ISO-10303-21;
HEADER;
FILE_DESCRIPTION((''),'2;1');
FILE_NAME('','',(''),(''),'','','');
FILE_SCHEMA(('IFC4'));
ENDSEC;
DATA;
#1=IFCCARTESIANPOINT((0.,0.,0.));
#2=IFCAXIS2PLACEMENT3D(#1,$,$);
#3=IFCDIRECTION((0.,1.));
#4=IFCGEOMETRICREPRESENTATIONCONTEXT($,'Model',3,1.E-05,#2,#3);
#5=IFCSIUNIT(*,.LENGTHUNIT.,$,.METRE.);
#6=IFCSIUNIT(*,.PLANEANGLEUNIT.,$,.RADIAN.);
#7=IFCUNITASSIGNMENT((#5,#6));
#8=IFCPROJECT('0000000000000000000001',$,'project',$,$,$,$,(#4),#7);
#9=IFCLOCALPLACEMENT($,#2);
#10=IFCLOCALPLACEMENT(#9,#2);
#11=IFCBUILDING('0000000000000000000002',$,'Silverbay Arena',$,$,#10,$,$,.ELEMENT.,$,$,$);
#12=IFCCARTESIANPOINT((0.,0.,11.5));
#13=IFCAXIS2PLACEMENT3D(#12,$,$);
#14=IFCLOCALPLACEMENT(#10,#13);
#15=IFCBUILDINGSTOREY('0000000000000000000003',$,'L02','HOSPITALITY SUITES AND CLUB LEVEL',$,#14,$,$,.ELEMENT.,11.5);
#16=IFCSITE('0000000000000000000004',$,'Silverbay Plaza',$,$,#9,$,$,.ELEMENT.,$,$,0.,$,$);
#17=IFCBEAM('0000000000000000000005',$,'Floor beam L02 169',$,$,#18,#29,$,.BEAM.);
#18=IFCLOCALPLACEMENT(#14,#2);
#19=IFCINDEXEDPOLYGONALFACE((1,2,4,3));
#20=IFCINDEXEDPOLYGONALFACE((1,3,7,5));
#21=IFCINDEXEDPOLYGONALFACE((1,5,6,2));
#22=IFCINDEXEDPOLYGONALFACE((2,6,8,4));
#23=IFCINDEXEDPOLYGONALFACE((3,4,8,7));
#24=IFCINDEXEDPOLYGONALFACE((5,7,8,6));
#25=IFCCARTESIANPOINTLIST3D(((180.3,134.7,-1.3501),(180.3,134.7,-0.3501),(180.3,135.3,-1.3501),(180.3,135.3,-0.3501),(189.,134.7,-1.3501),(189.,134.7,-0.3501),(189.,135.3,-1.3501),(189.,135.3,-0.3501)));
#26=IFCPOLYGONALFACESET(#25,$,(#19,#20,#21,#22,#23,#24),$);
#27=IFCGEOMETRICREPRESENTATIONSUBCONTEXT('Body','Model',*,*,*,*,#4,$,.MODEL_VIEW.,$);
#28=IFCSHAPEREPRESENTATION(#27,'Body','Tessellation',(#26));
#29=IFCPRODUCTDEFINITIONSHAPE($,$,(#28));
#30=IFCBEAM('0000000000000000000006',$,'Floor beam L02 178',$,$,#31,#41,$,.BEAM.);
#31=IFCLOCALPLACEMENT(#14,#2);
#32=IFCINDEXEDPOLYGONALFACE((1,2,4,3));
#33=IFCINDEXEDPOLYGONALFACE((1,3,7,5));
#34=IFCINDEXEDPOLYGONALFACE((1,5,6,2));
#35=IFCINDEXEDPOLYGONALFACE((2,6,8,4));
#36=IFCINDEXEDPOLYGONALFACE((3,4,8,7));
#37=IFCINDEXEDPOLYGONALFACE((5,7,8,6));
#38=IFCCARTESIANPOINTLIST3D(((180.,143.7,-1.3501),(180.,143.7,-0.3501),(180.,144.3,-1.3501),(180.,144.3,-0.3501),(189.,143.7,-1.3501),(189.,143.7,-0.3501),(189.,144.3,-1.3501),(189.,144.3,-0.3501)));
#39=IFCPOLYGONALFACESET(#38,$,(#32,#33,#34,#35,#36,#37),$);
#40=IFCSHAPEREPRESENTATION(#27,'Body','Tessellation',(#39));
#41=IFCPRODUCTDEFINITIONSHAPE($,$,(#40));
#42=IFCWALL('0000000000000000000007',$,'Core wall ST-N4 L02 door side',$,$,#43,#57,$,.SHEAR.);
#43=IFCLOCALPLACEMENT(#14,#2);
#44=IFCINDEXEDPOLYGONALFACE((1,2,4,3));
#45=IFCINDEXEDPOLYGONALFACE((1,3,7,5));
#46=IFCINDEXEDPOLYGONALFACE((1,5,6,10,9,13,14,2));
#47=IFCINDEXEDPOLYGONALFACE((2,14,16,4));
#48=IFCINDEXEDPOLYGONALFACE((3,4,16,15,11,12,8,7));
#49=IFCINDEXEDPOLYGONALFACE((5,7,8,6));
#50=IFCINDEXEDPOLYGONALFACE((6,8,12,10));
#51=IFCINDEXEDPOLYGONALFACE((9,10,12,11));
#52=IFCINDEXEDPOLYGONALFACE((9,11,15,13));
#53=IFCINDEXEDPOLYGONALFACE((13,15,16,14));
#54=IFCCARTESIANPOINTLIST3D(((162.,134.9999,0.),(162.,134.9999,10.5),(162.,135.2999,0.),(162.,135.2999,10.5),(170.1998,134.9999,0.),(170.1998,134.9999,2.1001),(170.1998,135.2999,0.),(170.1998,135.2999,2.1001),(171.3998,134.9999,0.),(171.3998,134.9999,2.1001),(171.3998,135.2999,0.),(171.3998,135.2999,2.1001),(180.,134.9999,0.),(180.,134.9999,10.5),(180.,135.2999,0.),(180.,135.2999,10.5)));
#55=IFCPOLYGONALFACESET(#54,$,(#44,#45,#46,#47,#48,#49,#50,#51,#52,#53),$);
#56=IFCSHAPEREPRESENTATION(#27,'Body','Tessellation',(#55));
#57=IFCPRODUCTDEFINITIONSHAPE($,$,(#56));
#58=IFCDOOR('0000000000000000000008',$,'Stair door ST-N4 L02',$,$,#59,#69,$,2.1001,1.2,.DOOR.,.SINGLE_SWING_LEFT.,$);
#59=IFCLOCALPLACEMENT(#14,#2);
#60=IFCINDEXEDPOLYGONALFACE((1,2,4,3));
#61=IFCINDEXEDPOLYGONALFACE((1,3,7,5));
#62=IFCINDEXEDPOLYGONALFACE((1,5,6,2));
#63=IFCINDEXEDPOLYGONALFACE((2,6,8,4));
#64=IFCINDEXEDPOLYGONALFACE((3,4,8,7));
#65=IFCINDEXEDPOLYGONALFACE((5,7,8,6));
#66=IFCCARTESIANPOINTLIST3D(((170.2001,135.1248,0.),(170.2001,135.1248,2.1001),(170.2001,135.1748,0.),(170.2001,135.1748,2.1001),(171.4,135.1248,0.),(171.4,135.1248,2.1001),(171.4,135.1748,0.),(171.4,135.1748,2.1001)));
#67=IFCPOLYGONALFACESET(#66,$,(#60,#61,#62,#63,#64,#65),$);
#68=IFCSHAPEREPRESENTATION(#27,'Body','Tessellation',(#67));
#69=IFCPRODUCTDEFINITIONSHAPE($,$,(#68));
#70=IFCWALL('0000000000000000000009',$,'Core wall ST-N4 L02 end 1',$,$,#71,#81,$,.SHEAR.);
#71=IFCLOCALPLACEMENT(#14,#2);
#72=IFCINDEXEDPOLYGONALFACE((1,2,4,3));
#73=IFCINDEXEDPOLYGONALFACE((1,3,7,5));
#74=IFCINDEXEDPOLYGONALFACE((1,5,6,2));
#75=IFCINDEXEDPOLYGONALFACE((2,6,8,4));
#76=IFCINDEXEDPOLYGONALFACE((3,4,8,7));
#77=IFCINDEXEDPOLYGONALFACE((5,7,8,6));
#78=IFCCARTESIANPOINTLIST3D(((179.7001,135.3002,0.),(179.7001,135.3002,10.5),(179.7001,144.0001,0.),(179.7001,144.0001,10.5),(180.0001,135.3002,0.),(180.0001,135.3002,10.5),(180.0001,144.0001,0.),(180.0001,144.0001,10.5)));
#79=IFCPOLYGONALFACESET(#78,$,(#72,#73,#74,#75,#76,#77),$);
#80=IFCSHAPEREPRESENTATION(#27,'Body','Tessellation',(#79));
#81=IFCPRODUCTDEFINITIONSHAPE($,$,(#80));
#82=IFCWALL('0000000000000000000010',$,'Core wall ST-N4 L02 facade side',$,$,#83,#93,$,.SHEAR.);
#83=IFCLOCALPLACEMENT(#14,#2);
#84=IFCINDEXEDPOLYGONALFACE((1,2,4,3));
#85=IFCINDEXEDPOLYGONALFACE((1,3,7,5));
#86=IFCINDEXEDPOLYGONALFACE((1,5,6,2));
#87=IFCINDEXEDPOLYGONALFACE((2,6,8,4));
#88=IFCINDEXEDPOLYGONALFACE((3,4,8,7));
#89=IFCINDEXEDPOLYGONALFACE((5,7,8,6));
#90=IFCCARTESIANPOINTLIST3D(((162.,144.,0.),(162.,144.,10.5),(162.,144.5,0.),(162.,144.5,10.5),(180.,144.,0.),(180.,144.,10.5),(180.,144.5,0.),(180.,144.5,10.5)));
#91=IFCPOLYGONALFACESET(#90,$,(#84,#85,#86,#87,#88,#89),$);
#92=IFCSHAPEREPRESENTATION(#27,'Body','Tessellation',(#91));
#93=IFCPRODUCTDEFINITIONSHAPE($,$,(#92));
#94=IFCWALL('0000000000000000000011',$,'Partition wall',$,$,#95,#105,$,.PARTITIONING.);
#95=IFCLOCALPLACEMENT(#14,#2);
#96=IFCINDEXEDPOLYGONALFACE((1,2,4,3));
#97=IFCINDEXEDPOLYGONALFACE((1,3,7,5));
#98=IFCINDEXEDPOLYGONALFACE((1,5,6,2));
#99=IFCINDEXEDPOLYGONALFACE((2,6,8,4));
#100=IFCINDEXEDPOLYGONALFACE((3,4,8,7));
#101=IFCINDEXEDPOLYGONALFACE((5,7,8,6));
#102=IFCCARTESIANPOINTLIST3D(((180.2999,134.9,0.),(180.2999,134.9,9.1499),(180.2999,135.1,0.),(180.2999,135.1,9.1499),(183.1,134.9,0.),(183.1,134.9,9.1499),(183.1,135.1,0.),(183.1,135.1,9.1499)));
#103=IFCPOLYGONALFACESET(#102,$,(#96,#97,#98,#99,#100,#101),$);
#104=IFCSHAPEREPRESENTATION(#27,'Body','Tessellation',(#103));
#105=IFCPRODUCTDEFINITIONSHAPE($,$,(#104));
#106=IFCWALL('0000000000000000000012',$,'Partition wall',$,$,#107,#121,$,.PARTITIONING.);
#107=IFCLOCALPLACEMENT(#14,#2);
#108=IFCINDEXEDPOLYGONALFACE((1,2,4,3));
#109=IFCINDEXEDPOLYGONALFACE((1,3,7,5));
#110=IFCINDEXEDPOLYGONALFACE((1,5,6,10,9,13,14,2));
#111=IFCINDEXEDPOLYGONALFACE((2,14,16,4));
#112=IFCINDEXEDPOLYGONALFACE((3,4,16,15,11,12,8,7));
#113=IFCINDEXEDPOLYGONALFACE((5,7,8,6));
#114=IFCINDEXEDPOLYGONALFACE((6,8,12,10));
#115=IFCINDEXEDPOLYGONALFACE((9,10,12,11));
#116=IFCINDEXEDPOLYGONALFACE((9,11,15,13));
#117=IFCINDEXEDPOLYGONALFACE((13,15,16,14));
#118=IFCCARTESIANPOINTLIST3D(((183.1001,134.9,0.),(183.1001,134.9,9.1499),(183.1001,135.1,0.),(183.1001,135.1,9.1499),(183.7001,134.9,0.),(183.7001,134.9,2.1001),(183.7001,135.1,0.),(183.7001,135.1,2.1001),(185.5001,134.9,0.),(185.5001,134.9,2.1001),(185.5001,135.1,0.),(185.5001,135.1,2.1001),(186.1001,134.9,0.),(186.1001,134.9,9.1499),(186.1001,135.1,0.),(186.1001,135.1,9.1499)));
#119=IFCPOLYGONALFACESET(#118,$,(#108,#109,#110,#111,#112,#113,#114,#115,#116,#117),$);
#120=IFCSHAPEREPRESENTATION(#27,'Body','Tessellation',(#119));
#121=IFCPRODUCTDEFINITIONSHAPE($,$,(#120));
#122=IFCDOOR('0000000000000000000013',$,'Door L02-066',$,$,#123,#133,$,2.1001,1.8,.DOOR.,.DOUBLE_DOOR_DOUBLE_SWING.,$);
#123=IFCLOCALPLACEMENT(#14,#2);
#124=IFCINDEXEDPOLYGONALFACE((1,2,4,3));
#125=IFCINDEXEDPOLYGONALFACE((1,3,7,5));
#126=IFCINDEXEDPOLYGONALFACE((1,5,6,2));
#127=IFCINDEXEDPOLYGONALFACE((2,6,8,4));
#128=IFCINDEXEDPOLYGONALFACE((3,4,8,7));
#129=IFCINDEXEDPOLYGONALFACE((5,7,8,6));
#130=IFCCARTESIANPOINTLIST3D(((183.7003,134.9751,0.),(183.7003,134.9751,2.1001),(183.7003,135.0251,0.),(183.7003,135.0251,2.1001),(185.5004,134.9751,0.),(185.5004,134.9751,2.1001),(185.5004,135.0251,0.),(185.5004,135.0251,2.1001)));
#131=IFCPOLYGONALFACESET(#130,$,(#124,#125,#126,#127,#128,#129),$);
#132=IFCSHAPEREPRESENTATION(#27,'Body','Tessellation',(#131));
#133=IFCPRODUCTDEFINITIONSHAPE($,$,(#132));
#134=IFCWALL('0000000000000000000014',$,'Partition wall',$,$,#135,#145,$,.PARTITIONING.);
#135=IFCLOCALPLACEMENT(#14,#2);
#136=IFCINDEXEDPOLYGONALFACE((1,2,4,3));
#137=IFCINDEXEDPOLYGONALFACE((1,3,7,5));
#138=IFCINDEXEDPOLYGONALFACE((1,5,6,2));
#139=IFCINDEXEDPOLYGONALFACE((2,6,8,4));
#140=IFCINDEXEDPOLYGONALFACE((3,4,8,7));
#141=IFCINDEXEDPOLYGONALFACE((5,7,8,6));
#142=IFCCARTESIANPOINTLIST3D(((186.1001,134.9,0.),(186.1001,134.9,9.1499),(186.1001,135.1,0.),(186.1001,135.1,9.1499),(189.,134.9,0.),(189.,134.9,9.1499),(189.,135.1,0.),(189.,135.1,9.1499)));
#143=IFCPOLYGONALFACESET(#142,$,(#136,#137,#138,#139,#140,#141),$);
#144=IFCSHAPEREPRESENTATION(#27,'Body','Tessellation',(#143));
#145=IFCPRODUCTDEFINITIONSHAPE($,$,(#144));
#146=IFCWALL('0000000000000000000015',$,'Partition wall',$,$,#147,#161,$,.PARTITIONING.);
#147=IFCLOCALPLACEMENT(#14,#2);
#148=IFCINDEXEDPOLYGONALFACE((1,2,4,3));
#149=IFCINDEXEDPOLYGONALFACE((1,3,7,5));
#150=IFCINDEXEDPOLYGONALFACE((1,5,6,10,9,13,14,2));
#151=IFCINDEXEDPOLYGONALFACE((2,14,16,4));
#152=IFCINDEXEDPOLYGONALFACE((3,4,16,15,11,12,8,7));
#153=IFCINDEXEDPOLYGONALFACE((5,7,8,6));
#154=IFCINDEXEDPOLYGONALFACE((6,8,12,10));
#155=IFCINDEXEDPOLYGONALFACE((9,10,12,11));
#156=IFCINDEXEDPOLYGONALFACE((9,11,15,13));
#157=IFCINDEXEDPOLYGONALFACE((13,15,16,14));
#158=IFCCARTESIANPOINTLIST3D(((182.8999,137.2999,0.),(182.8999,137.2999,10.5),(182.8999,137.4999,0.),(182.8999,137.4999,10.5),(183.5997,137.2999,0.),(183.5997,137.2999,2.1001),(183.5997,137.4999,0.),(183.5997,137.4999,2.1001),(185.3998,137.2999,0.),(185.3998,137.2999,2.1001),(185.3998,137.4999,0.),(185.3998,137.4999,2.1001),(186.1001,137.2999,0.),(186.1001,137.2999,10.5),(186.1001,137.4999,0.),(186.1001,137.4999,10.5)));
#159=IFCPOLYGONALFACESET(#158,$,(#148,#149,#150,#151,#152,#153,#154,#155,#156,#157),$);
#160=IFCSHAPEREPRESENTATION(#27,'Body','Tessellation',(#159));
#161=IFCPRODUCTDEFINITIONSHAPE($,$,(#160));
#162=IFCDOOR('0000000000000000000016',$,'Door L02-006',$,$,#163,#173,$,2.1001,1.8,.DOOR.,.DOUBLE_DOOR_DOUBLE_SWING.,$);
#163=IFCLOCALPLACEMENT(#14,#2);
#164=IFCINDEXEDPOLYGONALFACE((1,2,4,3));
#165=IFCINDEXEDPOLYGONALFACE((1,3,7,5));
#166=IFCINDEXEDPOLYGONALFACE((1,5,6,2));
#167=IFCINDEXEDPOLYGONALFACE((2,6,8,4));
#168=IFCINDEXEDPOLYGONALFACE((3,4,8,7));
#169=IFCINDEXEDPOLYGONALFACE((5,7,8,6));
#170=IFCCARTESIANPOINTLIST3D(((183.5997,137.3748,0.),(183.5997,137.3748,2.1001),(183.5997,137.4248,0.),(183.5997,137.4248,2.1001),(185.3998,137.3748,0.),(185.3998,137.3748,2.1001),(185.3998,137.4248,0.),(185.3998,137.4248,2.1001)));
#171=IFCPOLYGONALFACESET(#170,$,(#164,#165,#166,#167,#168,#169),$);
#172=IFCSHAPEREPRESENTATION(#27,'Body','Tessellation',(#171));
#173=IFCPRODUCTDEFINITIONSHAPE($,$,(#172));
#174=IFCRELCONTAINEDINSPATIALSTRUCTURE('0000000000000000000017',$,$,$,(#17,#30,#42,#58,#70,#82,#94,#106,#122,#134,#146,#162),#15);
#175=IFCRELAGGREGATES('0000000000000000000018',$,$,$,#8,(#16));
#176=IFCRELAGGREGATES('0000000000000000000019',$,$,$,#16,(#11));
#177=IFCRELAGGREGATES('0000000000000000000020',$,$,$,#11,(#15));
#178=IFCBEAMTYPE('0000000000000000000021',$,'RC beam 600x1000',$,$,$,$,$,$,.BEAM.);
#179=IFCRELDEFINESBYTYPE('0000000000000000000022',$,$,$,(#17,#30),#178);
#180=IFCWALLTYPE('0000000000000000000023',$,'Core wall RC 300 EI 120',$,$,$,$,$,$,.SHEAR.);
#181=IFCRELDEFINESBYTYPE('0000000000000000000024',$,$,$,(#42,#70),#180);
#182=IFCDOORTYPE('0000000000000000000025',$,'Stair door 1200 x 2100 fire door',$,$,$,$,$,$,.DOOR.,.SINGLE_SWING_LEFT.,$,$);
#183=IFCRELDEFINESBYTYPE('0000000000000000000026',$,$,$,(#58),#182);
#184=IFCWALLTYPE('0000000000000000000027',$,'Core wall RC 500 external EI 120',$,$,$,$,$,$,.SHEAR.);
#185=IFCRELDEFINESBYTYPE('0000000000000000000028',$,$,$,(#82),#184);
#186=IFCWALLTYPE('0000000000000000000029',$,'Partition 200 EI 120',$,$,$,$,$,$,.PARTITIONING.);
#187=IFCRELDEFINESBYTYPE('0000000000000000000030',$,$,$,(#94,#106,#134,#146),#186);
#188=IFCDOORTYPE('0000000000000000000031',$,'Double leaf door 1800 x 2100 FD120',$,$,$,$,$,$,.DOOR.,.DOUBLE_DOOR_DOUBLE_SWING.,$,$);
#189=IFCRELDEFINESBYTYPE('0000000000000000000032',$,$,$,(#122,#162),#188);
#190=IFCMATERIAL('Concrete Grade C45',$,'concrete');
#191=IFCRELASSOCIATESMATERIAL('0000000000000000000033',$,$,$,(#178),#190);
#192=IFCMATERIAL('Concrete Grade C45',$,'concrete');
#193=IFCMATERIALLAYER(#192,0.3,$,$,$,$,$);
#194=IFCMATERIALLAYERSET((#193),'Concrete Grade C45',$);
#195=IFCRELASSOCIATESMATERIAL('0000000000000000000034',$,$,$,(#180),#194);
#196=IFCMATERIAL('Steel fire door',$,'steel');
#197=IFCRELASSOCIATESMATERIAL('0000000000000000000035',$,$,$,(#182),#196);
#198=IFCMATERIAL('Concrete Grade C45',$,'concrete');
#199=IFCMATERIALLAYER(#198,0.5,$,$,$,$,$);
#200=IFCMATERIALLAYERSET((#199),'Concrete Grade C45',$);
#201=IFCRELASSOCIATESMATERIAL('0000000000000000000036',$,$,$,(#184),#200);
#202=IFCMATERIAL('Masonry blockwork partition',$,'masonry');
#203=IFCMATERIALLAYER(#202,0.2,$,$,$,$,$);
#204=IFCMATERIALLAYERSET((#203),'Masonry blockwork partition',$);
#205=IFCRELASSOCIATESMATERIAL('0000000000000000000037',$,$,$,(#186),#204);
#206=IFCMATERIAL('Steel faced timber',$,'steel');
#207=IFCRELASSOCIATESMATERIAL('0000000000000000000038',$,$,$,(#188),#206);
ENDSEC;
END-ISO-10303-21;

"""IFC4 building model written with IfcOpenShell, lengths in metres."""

from ifc_helpers import new_model, si_unit, direction, frame, frame_2d, origin, origin_2d, place, context, subcontext, project, spatial, rectangle, extrude, material, layer, layer_set, material_profile, profile_set, type_object, element, fill, save


model = new_model("IFC4")

# Units and contexts
model_context = context("Model", 3, precision=1e-05, world=origin(), true_north=direction((0.0, 1.0)))
body_context = subcontext(model_context, "Body", "Model", "MODEL_VIEW")
ifc_project = project(units=[si_unit("LENGTHUNIT", "METRE"), si_unit("PLANEANGLEUNIT", "RADIAN")], contexts=[model_context])

# Site, building, storey
site_placement = place(None, origin())
site = spatial("IfcSite", under=ifc_project, at=site_placement, Name="Silverbay Plaza", CompositionType="ELEMENT", RefElevation=0.0)
building_placement = place(site_placement, origin())
building = spatial("IfcBuilding", under=site, at=building_placement, Name="Silverbay Arena", CompositionType="ELEMENT")
storey_placement = place(building_placement, frame((0.0, 0.0, 11.5)))
storey = spatial("IfcBuildingStorey", under=building, at=storey_placement, Name="L02", Description="HOSPITALITY SUITES AND CLUB LEVEL", CompositionType="ELEMENT", Elevation=11.5)

# Beams
ifc_material_1 = material(Name="Concrete Grade C45", Category="concrete")
ifc_material_profile = material_profile(ifc_material_1, rectangle(XDim=0.6001, YDim=1.0, at=origin_2d()), Name="RC 600x1000")
ifc_profile_set = profile_set([ifc_material_profile], Name="Concrete Grade C45")
beam_type = type_object("IfcBeamType", Name="RC beam 600x1000", PredefinedType="BEAM", material=ifc_profile_set)
beam_1_placement = place(storey_placement, frame((180.3, 135.0, -0.8501), z_axis=(1.0, 0.0, 0.0), x_axis=(0.0, 1.0, 0.0)))
element("IfcBeam", 1, at=beam_1_placement, inside=storey, type_object=beam_type, Name="Floor beam L02 169", PredefinedType="BEAM", context=body_context, shape_type="SweptSolid", body=[
    extrude(rectangle(XDim=0.6001, YDim=1.0, at=origin_2d()), origin(), (0.0, 0.0, 1.0), 8.7),
])
beam_2_placement = place(storey_placement, frame((180.0, 144.0, -0.8501), z_axis=(1.0, 0.0, 0.0), x_axis=(0.0, 1.0, 0.0)))
element("IfcBeam", 2, at=beam_2_placement, inside=storey, type_object=beam_type, Name="Floor beam L02 178", PredefinedType="BEAM", context=body_context, shape_type="SweptSolid", body=[
    extrude(rectangle(XDim=0.6001, YDim=1.0, at=origin_2d()), origin(), (0.0, 0.0, 1.0), 9.0),
])

# Wall, opening, door
ifc_material_2 = material(Name="Concrete Grade C45", Category="concrete")
ifc_layer_1 = layer(ifc_material_2, 0.3)
ifc_layer_set_1 = layer_set([ifc_layer_1], Name="Concrete Grade C45")
wall_type_1 = type_object("IfcWallType", Name="Core wall RC 300 EI 120", PredefinedType="SHEAR", material=ifc_layer_set_1)
wall_1_placement = place(storey_placement, frame((180.0, 135.1499, 0.0), z_axis=(0.0, 0.0, 1.0), x_axis=(-1.0, 0.0, 0.0)))
wall_1 = element("IfcWall", 3, at=wall_1_placement, inside=storey, type_object=wall_type_1, Name="Core wall ST-N4 L02 door side", PredefinedType="SHEAR", context=body_context, shape_type="SweptSolid", body=[
    extrude(rectangle(XDim=18.0, YDim=0.3, at=frame_2d((9.0, 0.0))), origin(), (0.0, 0.0, 1.0), 10.5),
])
opening_1_placement = place(wall_1_placement, frame((8.6001, 0.0, 0.0)))
opening_1 = element("IfcOpeningElement", 4, at=opening_1_placement, cuts=wall_1, PredefinedType="OPENING", context=body_context, shape_type="SweptSolid", body=[
    extrude(rectangle(XDim=1.2, YDim=2.1001, at=frame_2d((0.6001, 1.05))), frame((0.0, 0.1602, 0.0), z_axis=(0.0, -1.0, 0.0), x_axis=(1.0, 0.0, 0.0)), (0.0, 0.0, 1.0), 0.3201),
])
ifc_material_3 = material(Name="Steel fire door", Category="steel")
door_type_1 = type_object("IfcDoorType", Name="Stair door 1200 x 2100 fire door", OperationType="SINGLE_SWING_LEFT", PredefinedType="DOOR", material=ifc_material_3)
door_1_placement = place(opening_1_placement, frame((1.2, 0.0, 0.0), z_axis=(0.0, 0.0, 1.0), x_axis=(-1.0, 0.0, 0.0)))
door_1 = element("IfcDoor", 5, at=door_1_placement, inside=storey, type_object=door_type_1, Name="Stair door ST-N4 L02", OperationType="SINGLE_SWING_LEFT", OverallHeight=2.1001, OverallWidth=1.2, PredefinedType="DOOR", context=body_context, shape_type="SweptSolid", body=[
    extrude(rectangle(XDim=1.2, YDim=2.1001, at=frame_2d((0.6001, 1.05))), frame((0.0, 0.0249, 0.0), z_axis=(0.0, -1.0, 0.0), x_axis=(1.0, 0.0, 0.0)), (0.0, 0.0, 1.0), 0.05),
])
fill(opening_1, door_1)

# Walls
wall_2_placement = place(storey_placement, frame((179.8501, 135.3, 0.0), z_axis=(0.0, 0.0, 1.0), x_axis=(0.0, 1.0, 0.0)))
element("IfcWall", 6, at=wall_2_placement, inside=storey, type_object=wall_type_1, Name="Core wall ST-N4 L02 end 1", PredefinedType="SHEAR", context=body_context, shape_type="SweptSolid", body=[
    extrude(rectangle(XDim=8.7, YDim=0.3, at=frame_2d((4.3501, 0.0))), origin(), (0.0, 0.0, 1.0), 10.5),
])
ifc_material_4 = material(Name="Concrete Grade C45", Category="concrete")
ifc_layer_2 = layer(ifc_material_4, 0.5)
ifc_layer_set_2 = layer_set([ifc_layer_2], Name="Concrete Grade C45")
wall_type_2 = type_object("IfcWallType", Name="Core wall RC 500 external EI 120", PredefinedType="SHEAR", material=ifc_layer_set_2)
wall_3_placement = place(storey_placement, frame((180.0, 144.25, 0.0), z_axis=(0.0, 0.0, 1.0), x_axis=(-1.0, 0.0, 0.0)))
element("IfcWall", 7, at=wall_3_placement, inside=storey, type_object=wall_type_2, Name="Core wall ST-N4 L02 facade side", PredefinedType="SHEAR", context=body_context, shape_type="SweptSolid", body=[
    extrude(rectangle(XDim=18.0, YDim=0.5, at=frame_2d((9.0, 0.0))), origin(), (0.0, 0.0, 1.0), 10.5),
])
ifc_material_5 = material(Name="Masonry blockwork partition", Category="masonry")
ifc_layer_3 = layer(ifc_material_5, 0.2)
ifc_layer_set_3 = layer_set([ifc_layer_3], Name="Masonry blockwork partition")
wall_type_3 = type_object("IfcWallType", Name="Partition 200 EI 120", PredefinedType="PARTITIONING", material=ifc_layer_set_3)
wall_4_placement = place(storey_placement, frame((180.3, 135.0, 0.0), z_axis=(0.0, 0.0, 1.0), x_axis=(1.0, 0.0, 0.0)))
element("IfcWall", 8, at=wall_4_placement, inside=storey, type_object=wall_type_3, Name="Partition wall", PredefinedType="PARTITIONING", context=body_context, shape_type="SweptSolid", body=[
    extrude(rectangle(XDim=2.8, YDim=0.2, at=frame_2d((1.3999, 0.0))), origin(), (0.0, 0.0, 1.0), 9.1499),
])

# Wall, opening, door
wall_5_placement = place(storey_placement, frame((183.1001, 135.0, 0.0), z_axis=(0.0, 0.0, 1.0), x_axis=(1.0, 0.0, 0.0)))
wall_5 = element("IfcWall", 9, at=wall_5_placement, inside=storey, type_object=wall_type_3, Name="Partition wall", PredefinedType="PARTITIONING", context=body_context, shape_type="SweptSolid", body=[
    extrude(rectangle(XDim=3.0, YDim=0.2, at=frame_2d((1.5, 0.0))), origin(), (0.0, 0.0, 1.0), 9.1499),
])
opening_2_placement = place(wall_5_placement, frame((0.6001, 0.0, 0.0)))
opening_2 = element("IfcOpeningElement", 10, at=opening_2_placement, cuts=wall_5, PredefinedType="OPENING", context=body_context, shape_type="SweptSolid", body=[
    extrude(rectangle(XDim=1.8, YDim=2.1001, at=frame_2d((0.8999, 1.05))), frame((0.0, 0.1099, 0.0), z_axis=(0.0, -1.0, 0.0), x_axis=(1.0, 0.0, 0.0)), (0.0, 0.0, 1.0), 0.22),
])
ifc_material_6 = material(Name="Steel faced timber", Category="steel")
door_type_2 = type_object("IfcDoorType", Name="Double leaf door 1800 x 2100 FD120", OperationType="DOUBLE_DOOR_DOUBLE_SWING", PredefinedType="DOOR", material=ifc_material_6)
door_2_placement = place(opening_2_placement, frame((1.8, 0.0, 0.0), z_axis=(0.0, 0.0, 1.0), x_axis=(-1.0, 0.0, 0.0)))
door_2 = element("IfcDoor", 11, at=door_2_placement, inside=storey, type_object=door_type_2, Name="Door L02-066", OperationType="DOUBLE_DOOR_DOUBLE_SWING", OverallHeight=2.1001, OverallWidth=1.8, PredefinedType="DOOR", context=body_context, shape_type="SweptSolid", body=[
    extrude(rectangle(XDim=1.8, YDim=2.1001, at=frame_2d((0.8999, 1.05))), frame((0.0, 0.0249, 0.0), z_axis=(0.0, -1.0, 0.0), x_axis=(1.0, 0.0, 0.0)), (0.0, 0.0, 1.0), 0.05),
])
fill(opening_2, door_2)

# Wall
wall_6_placement = place(storey_placement, frame((186.1001, 135.0, 0.0), z_axis=(0.0, 0.0, 1.0), x_axis=(1.0, 0.0, 0.0)))
element("IfcWall", 12, at=wall_6_placement, inside=storey, type_object=wall_type_3, Name="Partition wall", PredefinedType="PARTITIONING", context=body_context, shape_type="SweptSolid", body=[
    extrude(rectangle(XDim=2.8999, YDim=0.2, at=frame_2d((1.45, 0.0))), origin(), (0.0, 0.0, 1.0), 9.1499),
])

# Wall, opening, door
wall_7_placement = place(storey_placement, frame((182.8999, 137.3999, 0.0), z_axis=(0.0, 0.0, 1.0), x_axis=(1.0, 0.0, 0.0)))
wall_7 = element("IfcWall", 13, at=wall_7_placement, inside=storey, type_object=wall_type_3, Name="Partition wall", PredefinedType="PARTITIONING", context=body_context, shape_type="SweptSolid", body=[
    extrude(rectangle(XDim=3.2002, YDim=0.2, at=frame_2d((1.6001, 0.0))), origin(), (0.0, 0.0, 1.0), 10.5),
])
opening_3_placement = place(wall_7_placement, frame((0.7, 0.0, 0.0)))
opening_3 = element("IfcOpeningElement", 14, at=opening_3_placement, cuts=wall_7, PredefinedType="OPENING", context=body_context, shape_type="SweptSolid", body=[
    extrude(rectangle(XDim=1.8, YDim=2.1001, at=frame_2d((0.8999, 1.05))), frame((0.0, 0.1099, 0.0), z_axis=(0.0, -1.0, 0.0), x_axis=(1.0, 0.0, 0.0)), (0.0, 0.0, 1.0), 0.22),
])
door_3_placement = place(opening_3_placement, origin())
door_3 = element("IfcDoor", 15, at=door_3_placement, inside=storey, type_object=door_type_2, Name="Door L02-006", OperationType="DOUBLE_DOOR_DOUBLE_SWING", OverallHeight=2.1001, OverallWidth=1.8, PredefinedType="DOOR", context=body_context, shape_type="SweptSolid", body=[
    extrude(rectangle(XDim=1.8, YDim=2.1001, at=frame_2d((0.8999, 1.05))), frame((0.0, 0.0249, 0.0), z_axis=(0.0, -1.0, 0.0), x_axis=(1.0, 0.0, 0.0)), (0.0, 0.0, 1.0), 0.05),
])
fill(opening_3, door_3)

save(model, "model.ifc")
